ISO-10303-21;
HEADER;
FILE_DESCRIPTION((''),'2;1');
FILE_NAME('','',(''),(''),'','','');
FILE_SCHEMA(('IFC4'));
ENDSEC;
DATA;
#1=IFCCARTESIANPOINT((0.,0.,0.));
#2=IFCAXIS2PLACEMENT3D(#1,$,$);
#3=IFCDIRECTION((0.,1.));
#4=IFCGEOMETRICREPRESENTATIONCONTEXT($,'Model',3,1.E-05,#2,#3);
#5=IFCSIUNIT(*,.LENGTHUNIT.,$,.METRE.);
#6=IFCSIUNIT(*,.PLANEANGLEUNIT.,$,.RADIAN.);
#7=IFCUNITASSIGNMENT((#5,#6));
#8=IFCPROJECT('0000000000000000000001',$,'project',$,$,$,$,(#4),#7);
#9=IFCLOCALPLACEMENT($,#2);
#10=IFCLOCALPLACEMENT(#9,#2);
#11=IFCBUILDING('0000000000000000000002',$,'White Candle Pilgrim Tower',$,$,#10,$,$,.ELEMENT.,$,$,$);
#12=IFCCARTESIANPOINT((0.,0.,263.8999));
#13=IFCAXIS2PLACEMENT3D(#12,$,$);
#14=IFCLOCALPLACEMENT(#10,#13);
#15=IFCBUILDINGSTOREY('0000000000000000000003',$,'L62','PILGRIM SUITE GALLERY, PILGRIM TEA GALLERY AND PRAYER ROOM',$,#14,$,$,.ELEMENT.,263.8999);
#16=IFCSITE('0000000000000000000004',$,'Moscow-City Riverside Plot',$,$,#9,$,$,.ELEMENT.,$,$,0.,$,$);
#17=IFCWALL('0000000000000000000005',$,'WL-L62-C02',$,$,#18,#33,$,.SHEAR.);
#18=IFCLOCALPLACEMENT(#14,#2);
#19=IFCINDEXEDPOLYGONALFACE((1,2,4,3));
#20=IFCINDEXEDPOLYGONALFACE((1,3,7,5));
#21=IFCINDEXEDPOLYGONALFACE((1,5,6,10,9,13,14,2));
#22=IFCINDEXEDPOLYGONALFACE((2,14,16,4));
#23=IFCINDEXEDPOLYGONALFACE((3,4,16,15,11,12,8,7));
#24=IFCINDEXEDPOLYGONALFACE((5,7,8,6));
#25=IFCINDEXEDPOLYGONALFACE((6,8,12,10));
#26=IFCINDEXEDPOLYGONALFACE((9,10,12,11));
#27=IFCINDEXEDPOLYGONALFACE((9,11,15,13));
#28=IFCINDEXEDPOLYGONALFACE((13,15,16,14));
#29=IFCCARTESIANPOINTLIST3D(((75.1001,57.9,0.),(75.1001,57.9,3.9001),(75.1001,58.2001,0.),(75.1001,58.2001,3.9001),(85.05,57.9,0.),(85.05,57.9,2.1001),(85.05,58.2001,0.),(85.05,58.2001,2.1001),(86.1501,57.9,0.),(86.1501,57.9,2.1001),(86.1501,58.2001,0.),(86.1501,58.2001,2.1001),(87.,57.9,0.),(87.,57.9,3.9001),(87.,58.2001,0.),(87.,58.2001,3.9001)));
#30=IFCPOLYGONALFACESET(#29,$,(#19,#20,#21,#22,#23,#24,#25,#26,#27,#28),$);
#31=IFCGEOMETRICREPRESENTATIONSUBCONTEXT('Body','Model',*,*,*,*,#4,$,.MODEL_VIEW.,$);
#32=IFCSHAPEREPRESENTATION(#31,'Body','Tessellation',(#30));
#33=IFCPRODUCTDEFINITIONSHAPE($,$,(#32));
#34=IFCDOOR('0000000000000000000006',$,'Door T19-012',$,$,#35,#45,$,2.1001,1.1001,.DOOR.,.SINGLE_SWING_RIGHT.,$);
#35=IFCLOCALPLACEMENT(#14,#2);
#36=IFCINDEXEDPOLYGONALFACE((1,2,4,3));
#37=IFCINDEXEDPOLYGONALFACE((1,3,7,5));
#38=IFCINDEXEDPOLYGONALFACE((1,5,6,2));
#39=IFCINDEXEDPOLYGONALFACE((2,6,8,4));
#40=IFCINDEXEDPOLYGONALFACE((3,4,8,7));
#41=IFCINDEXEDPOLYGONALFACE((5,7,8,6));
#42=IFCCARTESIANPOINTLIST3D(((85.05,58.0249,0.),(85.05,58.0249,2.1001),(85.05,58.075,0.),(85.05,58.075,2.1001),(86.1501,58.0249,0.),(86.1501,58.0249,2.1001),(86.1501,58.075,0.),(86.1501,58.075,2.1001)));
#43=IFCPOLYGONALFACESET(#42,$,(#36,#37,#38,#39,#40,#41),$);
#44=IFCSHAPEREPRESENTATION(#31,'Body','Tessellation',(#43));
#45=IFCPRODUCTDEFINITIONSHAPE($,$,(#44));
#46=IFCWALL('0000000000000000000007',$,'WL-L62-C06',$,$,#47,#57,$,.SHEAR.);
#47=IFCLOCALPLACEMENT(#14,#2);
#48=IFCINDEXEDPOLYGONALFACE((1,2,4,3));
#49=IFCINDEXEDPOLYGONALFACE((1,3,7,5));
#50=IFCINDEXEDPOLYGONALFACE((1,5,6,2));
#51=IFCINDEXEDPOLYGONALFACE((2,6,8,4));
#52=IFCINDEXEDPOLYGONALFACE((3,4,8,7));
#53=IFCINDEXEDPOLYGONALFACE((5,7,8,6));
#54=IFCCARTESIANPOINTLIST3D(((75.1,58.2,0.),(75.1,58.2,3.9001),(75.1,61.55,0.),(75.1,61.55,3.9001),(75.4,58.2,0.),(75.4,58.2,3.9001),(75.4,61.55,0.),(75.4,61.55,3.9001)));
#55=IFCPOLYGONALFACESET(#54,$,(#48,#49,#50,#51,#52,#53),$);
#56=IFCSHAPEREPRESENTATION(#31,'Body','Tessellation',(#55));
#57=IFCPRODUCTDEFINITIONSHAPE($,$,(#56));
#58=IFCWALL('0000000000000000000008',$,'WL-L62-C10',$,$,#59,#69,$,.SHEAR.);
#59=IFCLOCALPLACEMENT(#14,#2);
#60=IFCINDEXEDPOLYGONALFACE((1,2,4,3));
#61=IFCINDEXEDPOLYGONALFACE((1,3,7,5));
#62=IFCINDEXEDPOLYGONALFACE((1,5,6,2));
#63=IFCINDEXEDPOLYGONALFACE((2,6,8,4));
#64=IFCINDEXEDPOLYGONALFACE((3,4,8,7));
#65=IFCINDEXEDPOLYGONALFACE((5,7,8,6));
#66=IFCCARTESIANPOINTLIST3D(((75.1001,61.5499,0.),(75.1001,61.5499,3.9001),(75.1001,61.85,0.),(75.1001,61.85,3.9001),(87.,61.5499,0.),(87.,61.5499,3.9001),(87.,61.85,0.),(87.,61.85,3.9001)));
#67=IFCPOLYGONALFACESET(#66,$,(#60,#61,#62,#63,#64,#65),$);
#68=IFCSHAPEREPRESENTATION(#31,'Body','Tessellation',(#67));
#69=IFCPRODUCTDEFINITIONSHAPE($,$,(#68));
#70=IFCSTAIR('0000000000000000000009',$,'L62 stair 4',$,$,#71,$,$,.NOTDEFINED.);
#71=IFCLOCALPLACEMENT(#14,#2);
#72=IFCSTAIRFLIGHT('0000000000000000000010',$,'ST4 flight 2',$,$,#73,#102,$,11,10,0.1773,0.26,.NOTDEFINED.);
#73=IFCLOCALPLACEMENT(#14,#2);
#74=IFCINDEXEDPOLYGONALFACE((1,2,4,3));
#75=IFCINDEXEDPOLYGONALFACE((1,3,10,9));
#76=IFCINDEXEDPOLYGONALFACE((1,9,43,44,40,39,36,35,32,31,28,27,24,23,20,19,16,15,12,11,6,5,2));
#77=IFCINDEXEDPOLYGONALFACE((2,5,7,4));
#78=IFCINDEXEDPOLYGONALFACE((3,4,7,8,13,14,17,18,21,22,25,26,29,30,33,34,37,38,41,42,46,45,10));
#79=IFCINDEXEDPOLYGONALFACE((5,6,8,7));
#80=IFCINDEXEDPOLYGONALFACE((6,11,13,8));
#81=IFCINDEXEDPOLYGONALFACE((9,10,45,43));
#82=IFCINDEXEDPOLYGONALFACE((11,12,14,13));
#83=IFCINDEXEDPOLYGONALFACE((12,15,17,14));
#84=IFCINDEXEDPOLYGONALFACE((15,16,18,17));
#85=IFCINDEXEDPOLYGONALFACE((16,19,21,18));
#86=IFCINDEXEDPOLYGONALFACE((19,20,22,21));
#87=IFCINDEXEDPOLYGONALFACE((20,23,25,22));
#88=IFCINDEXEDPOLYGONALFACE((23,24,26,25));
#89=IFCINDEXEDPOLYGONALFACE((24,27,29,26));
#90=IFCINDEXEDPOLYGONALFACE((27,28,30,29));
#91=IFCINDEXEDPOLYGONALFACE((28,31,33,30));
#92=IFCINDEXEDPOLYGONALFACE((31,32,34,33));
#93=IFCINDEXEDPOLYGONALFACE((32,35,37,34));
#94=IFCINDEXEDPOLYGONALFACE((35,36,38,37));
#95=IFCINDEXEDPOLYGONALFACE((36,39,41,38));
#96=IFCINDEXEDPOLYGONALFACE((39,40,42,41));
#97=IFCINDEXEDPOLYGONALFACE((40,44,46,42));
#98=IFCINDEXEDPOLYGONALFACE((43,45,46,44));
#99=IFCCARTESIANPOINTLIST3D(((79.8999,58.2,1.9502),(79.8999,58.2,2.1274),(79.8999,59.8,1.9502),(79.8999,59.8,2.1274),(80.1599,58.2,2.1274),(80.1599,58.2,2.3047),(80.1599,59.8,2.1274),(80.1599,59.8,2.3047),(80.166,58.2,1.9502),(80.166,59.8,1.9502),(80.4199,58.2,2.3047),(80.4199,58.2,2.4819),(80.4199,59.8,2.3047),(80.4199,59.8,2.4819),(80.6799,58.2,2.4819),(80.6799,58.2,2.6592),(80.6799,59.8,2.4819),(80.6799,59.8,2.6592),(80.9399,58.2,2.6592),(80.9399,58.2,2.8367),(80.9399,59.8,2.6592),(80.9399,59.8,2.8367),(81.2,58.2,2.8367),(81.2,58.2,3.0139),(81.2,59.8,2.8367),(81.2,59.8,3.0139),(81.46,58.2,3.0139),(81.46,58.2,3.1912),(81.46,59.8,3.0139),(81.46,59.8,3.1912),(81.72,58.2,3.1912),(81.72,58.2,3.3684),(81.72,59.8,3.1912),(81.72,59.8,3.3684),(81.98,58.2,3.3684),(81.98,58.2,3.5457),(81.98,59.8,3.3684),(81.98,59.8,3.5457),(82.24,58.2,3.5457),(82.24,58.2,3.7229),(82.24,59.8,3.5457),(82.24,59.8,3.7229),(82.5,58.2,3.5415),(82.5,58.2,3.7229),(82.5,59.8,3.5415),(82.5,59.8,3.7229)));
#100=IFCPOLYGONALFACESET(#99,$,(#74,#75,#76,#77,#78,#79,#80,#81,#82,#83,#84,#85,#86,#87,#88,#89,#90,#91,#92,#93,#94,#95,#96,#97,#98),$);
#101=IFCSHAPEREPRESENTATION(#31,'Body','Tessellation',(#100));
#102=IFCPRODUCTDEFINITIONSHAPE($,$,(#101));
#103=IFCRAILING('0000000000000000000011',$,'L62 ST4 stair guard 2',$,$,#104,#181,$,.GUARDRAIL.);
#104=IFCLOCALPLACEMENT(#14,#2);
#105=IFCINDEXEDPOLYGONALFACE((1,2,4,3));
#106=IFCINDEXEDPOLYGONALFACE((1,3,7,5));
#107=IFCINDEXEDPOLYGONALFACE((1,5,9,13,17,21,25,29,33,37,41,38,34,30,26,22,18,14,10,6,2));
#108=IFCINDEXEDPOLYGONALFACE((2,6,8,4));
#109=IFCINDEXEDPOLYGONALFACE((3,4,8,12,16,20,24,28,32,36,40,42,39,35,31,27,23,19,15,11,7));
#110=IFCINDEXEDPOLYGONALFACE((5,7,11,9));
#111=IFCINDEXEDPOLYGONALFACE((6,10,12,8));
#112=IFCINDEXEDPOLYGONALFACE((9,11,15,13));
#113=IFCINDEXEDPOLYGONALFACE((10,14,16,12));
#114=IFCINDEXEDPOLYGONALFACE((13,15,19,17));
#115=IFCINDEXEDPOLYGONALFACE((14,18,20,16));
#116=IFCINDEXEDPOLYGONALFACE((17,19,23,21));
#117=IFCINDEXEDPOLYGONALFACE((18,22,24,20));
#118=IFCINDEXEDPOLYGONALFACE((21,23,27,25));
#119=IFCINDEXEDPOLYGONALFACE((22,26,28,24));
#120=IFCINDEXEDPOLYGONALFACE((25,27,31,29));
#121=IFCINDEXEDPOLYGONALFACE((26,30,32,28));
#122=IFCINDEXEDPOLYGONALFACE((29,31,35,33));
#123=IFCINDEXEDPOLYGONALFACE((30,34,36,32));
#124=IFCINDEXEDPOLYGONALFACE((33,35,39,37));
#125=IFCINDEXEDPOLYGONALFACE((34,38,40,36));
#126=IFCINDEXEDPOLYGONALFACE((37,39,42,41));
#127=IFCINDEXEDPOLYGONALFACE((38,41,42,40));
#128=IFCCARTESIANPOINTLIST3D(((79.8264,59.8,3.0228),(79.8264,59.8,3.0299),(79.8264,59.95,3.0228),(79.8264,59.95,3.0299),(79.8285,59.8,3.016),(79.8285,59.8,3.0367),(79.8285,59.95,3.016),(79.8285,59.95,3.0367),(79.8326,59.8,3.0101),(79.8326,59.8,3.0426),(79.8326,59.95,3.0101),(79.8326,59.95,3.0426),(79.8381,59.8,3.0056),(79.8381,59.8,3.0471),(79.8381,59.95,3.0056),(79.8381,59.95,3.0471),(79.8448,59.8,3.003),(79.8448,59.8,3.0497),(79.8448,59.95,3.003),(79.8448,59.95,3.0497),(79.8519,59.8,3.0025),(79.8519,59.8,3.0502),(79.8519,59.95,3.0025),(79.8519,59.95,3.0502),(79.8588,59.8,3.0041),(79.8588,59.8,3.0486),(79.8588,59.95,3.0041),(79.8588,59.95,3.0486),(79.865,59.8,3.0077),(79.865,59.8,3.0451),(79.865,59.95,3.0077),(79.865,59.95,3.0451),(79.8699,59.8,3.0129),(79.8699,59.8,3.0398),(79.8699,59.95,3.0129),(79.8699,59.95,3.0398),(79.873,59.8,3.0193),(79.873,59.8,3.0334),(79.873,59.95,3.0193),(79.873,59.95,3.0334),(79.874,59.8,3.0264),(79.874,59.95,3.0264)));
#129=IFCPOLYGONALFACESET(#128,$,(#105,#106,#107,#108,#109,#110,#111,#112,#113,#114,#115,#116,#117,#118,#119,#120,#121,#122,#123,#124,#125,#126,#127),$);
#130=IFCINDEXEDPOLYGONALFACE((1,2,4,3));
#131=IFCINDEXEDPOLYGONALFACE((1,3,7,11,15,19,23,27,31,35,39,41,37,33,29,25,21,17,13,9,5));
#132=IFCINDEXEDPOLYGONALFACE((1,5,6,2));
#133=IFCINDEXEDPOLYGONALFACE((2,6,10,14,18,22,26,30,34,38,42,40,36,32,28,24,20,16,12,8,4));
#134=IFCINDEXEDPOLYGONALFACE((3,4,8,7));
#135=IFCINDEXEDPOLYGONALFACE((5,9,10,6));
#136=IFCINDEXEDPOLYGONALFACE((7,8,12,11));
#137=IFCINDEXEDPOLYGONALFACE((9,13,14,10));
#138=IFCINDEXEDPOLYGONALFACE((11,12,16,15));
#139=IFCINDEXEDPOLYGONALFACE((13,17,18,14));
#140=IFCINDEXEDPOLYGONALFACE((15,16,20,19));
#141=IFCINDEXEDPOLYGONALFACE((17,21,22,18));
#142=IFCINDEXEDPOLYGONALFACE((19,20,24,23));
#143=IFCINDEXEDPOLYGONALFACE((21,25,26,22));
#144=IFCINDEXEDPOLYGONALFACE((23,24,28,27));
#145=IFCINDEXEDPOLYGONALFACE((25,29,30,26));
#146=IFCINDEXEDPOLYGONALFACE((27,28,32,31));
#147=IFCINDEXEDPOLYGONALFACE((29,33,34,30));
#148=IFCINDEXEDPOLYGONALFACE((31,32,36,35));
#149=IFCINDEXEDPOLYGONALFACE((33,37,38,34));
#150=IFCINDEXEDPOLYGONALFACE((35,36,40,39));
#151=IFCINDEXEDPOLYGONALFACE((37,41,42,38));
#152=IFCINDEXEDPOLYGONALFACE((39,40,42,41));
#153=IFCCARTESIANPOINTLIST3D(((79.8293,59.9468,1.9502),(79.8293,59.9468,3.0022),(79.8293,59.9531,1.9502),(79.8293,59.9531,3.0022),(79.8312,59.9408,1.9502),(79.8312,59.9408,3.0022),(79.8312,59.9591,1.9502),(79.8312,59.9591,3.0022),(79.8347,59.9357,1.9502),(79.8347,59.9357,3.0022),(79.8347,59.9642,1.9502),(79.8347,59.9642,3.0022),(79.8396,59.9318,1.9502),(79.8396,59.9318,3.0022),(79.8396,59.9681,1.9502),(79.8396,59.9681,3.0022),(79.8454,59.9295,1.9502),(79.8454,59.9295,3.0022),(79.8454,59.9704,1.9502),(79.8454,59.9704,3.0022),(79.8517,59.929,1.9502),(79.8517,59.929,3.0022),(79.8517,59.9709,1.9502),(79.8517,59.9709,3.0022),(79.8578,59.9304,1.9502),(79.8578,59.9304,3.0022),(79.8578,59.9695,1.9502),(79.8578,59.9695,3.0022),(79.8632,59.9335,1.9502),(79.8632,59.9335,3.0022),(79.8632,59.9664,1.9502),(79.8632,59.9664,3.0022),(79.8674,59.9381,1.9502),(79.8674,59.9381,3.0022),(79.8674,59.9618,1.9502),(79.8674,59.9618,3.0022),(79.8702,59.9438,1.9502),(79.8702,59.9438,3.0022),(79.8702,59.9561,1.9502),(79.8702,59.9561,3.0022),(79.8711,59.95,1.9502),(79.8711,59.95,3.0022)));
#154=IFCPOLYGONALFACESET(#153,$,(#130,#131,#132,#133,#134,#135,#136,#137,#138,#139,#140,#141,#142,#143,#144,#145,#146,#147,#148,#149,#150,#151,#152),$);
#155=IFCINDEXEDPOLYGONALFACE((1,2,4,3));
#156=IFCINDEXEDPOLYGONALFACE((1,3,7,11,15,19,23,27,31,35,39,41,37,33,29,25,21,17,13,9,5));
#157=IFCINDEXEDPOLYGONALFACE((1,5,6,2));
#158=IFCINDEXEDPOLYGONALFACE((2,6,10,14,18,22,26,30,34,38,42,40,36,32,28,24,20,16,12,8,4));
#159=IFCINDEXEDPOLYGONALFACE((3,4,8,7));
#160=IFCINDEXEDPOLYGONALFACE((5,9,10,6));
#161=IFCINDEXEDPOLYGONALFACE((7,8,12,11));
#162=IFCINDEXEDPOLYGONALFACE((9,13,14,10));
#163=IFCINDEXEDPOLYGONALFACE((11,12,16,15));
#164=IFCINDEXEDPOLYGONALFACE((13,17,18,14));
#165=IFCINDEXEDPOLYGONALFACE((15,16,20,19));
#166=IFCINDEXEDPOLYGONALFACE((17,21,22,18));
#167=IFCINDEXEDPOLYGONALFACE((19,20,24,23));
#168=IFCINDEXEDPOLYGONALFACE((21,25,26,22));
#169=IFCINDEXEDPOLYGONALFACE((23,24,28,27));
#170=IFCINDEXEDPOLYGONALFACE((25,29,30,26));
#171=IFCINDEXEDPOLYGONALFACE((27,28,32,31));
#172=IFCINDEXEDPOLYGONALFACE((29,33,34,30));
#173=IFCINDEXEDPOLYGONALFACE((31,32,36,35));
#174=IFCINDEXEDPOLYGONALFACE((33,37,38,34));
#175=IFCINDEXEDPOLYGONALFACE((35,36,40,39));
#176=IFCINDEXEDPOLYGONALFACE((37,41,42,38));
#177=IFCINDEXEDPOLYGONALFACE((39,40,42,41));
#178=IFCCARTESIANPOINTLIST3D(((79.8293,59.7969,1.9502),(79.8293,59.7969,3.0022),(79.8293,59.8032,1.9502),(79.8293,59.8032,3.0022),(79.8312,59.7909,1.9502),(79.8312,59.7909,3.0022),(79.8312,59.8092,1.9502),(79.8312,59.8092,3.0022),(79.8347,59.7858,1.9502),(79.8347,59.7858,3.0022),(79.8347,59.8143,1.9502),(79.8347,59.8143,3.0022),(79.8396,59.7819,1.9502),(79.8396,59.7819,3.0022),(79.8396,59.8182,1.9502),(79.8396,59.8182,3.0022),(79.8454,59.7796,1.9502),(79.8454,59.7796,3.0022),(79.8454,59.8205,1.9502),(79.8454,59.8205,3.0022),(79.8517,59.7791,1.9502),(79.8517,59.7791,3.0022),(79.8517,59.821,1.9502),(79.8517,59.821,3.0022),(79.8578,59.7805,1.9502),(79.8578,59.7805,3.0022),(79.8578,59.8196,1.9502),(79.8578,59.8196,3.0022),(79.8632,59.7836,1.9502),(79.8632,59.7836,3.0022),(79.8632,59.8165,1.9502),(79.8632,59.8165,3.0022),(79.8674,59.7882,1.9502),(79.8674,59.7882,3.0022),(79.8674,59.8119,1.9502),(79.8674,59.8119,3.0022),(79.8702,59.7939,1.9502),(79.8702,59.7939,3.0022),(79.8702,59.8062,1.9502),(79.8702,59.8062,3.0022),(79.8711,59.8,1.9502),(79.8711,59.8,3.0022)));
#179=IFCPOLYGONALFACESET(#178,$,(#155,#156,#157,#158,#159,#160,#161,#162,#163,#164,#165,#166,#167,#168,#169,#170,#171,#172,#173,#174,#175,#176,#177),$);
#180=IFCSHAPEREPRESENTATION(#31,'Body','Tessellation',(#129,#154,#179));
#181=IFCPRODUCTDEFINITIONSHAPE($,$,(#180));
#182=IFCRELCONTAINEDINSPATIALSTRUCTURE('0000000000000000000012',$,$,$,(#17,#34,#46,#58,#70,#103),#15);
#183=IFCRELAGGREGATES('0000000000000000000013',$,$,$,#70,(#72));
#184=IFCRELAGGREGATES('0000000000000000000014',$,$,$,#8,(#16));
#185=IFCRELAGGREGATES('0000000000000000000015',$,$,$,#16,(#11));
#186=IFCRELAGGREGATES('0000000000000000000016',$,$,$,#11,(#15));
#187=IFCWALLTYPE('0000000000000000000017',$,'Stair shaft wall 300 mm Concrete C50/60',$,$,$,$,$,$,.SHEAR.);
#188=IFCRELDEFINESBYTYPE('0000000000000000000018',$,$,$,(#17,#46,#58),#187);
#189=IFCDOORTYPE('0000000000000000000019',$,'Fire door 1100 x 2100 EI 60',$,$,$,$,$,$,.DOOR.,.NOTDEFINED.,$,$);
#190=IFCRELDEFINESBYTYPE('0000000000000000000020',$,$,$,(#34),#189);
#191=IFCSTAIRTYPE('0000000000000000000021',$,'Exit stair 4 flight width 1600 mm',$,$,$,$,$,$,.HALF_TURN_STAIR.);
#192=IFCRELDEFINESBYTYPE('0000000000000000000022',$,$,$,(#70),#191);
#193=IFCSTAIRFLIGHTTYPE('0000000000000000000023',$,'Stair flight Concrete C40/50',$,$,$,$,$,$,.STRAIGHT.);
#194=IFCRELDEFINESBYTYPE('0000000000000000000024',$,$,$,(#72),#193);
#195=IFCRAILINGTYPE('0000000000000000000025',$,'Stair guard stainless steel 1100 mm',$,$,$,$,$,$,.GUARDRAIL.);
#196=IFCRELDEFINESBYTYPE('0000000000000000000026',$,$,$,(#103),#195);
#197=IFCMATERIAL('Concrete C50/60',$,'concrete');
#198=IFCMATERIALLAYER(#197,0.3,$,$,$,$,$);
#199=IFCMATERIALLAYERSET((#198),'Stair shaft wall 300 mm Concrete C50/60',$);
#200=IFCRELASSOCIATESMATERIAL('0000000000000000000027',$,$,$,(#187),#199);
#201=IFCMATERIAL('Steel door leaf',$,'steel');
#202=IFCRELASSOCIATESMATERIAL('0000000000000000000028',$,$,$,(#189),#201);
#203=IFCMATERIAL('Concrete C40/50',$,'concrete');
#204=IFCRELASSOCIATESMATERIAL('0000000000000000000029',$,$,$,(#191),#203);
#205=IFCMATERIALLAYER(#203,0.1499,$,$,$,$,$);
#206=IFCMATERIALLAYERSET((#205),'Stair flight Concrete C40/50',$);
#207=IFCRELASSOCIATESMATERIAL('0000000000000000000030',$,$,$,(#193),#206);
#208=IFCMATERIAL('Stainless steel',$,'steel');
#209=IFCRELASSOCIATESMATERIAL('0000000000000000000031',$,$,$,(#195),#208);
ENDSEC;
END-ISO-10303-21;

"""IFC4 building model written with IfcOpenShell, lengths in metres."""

from ifc_helpers import new_model, si_unit, direction, frame, frame_2d, origin, origin_2d, place, context, subcontext, project, spatial, polyline, rectangle, circle, outline, extrude, material, layer, layer_set, type_object, element, fill, aggregate, save


model = new_model("IFC4")

# Units and contexts
model_context = context("Model", 3, precision=1e-05, world=origin(), true_north=direction((0.0, 1.0)))
body_context = subcontext(model_context, "Body", "Model", "MODEL_VIEW")
ifc_project = project(units=[si_unit("LENGTHUNIT", "METRE"), si_unit("PLANEANGLEUNIT", "RADIAN")], contexts=[model_context])

# Site, building, storey
site_placement = place(None, origin())
site = spatial("IfcSite", under=ifc_project, at=site_placement, Name="Moscow-City Riverside Plot", CompositionType="ELEMENT", RefElevation=0.0)
building_placement = place(site_placement, origin())
building = spatial("IfcBuilding", under=site, at=building_placement, Name="White Candle Pilgrim Tower", CompositionType="ELEMENT")
storey_placement = place(building_placement, frame((0.0, 0.0, 263.8999)))
storey = spatial("IfcBuildingStorey", under=building, at=storey_placement, Name="L62", Description="PILGRIM SUITE GALLERY, PILGRIM TEA GALLERY AND PRAYER ROOM", CompositionType="ELEMENT", Elevation=263.8999)

# Shared definitions
ifc_material_1 = material(Name="Concrete C50/60", Category="concrete")

# Shared definitions
ifc_material_2 = material(Name="Steel door leaf", Category="steel")

# Wall, opening, door
ifc_layer_1 = layer(ifc_material_1, 0.3)
ifc_layer_set_1 = layer_set([ifc_layer_1], Name="Stair shaft wall 300 mm Concrete C50/60")
wall_type_1 = type_object("IfcWallType", Name="Stair shaft wall 300 mm Concrete C50/60", PredefinedType="SHEAR", material=ifc_layer_set_1)
wall_1_placement = place(storey_placement, frame((75.1001, 58.05, 0.0), z_axis=(0.0, 0.0, 1.0), x_axis=(1.0, 0.0, 0.0)))
wall_1 = element("IfcWall", 1, at=wall_1_placement, inside=storey, type_object=wall_type_1, Name="WL-L62-C02", PredefinedType="SHEAR", context=body_context, shape_type="SweptSolid", body=[
    extrude(rectangle(XDim=11.8999, YDim=0.3, at=frame_2d((5.95, 0.0))), origin(), (0.0, 0.0, 1.0), 3.9001),
])
opening_1_placement = place(wall_1_placement, frame((9.95, 0.0, 0.0)))
opening_1 = element("IfcOpeningElement", 2, at=opening_1_placement, cuts=wall_1, PredefinedType="OPENING", context=body_context, shape_type="SweptSolid", body=[
    extrude(rectangle(XDim=1.1001, YDim=2.1001, at=frame_2d((0.55, 1.05))), frame((0.0, 0.1599, 0.0), z_axis=(0.0, -1.0, 0.0), x_axis=(1.0, 0.0, 0.0)), (0.0, 0.0, 1.0), 0.3201),
])
door_type_1 = type_object("IfcDoorType", Name="Fire door 1100 x 2100 EI 60", OperationType="NOTDEFINED", PredefinedType="DOOR", material=ifc_material_2)
door_1_placement = place(opening_1_placement, origin())
door_1 = element("IfcDoor", 3, at=door_1_placement, inside=storey, type_object=door_type_1, Name="Door T19-012", OperationType="SINGLE_SWING_RIGHT", OverallHeight=2.1001, OverallWidth=1.1001, PredefinedType="DOOR", context=body_context, shape_type="SweptSolid", body=[
    extrude(rectangle(XDim=1.1001, YDim=2.1001, at=frame_2d((0.55, 1.05))), frame((0.0, 0.0249, 0.0), z_axis=(0.0, -1.0, 0.0), x_axis=(1.0, 0.0, 0.0)), (0.0, 0.0, 1.0), 0.05),
])
fill(opening_1, door_1)

# Walls
wall_2_placement = place(storey_placement, frame((75.25, 58.2, 0.0), z_axis=(0.0, 0.0, 1.0), x_axis=(0.0, 1.0, 0.0)))
element("IfcWall", 4, at=wall_2_placement, inside=storey, type_object=wall_type_1, Name="WL-L62-C06", PredefinedType="SHEAR", context=body_context, shape_type="SweptSolid", body=[
    extrude(rectangle(XDim=3.3501, YDim=0.3, at=frame_2d((1.675, 0.0))), origin(), (0.0, 0.0, 1.0), 3.9001),
])
wall_3_placement = place(storey_placement, frame((75.1001, 61.7, 0.0), z_axis=(0.0, 0.0, 1.0), x_axis=(1.0, 0.0, 0.0)))
element("IfcWall", 5, at=wall_3_placement, inside=storey, type_object=wall_type_1, Name="WL-L62-C10", PredefinedType="SHEAR", context=body_context, shape_type="SweptSolid", body=[
    extrude(rectangle(XDim=11.8999, YDim=0.3, at=frame_2d((5.95, 0.0))), origin(), (0.0, 0.0, 1.0), 3.9001),
])

# Stair, stair flight
ifc_material_3 = material(Name="Concrete C40/50", Category="concrete")
stair_type = type_object("IfcStairType", Name="Exit stair 4 flight width 1600 mm", PredefinedType="HALF_TURN_STAIR", material=ifc_material_3)
stair_placement = place(storey_placement, origin())
stair = element("IfcStair", 6, at=stair_placement, inside=storey, type_object=stair_type, Name="L62 stair 4", PredefinedType="NOTDEFINED")
ifc_layer_2 = layer(ifc_material_3, 0.1499)
ifc_layer_set_2 = layer_set([ifc_layer_2], Name="Stair flight Concrete C40/50")
stair_flight_type = type_object("IfcStairFlightType", Name="Stair flight Concrete C40/50", PredefinedType="STRAIGHT", material=ifc_layer_set_2)
stair_flight_placement = place(storey_placement, frame((79.8999, 59.0, 1.9502), z_axis=(0.0, 0.0, 1.0), x_axis=(1.0, 0.0, 0.0)))
stair_flight = element("IfcStairFlight", 7, at=stair_flight_placement, type_object=stair_flight_type, Name="ST4 flight 2", NumberOfRisers=11, NumberOfTreads=10, PredefinedType="NOTDEFINED", RiserHeight=0.1773, TreadLength=0.26, context=body_context, shape_type="SweptSolid", body=[
    extrude(outline(polyline([(0.0, 0.0), (0.0, 0.1772), (0.26, 0.1772), (0.26, 0.3545), (0.52, 0.3545), (0.52, 0.5317), (0.78, 0.5317), (0.78, 0.709), (1.04, 0.709), (1.04, 0.8865), (1.3, 0.8865), (1.3, 1.0637), (1.5601, 1.0637), (1.5601, 1.241), (1.8201, 1.241), (1.8201, 1.4182), (2.0801, 1.4182), (2.0801, 1.5955), (2.3401, 1.5955), (2.3401, 1.7727), (2.6001, 1.7727), (2.6001, 1.95), (2.6001, 1.5913), (0.2661, 0.0), (0.0, 0.0)])), frame((0.0, 0.8, 0.0), z_axis=(0.0, -1.0, 0.0), x_axis=(1.0, 0.0, 0.0)), (0.0, 0.0, 1.0), 1.6001),
])
aggregate(stair, [stair_flight])

# Railing
ifc_material_4 = material(Name="Stainless steel", Category="steel")
railing_type_1 = type_object("IfcRailingType", Name="Stair guard stainless steel 1100 mm", PredefinedType="GUARDRAIL", material=ifc_material_4)
railing_1_placement = place(storey_placement, frame((79.8501, 59.95, 1.9502)))
element("IfcRailing", 8, at=railing_1_placement, inside=storey, type_object=railing_type_1, Name="L62 ST4 stair guard 2", PredefinedType="GUARDRAIL", context=body_context, shape_type="SweptSolid", body=[
    extrude(circle(Radius=0.0239, at=origin_2d()), frame((0.0, 0.0, 1.0762), z_axis=(0.0, -1.0, 0.0), x_axis=(1.0, 0.0, 0.0)), (0.0, 0.0, 1.0), 0.1499),
    extrude(circle(Radius=0.021, at=origin_2d()), origin(), (0.0, 0.0, 1.0), 1.052),
    extrude(circle(Radius=0.021, at=origin_2d()), frame((0.0, -0.1499, 0.0)), (0.0, 0.0, 1.0), 1.052),
])

save(model, "model.ifc")
